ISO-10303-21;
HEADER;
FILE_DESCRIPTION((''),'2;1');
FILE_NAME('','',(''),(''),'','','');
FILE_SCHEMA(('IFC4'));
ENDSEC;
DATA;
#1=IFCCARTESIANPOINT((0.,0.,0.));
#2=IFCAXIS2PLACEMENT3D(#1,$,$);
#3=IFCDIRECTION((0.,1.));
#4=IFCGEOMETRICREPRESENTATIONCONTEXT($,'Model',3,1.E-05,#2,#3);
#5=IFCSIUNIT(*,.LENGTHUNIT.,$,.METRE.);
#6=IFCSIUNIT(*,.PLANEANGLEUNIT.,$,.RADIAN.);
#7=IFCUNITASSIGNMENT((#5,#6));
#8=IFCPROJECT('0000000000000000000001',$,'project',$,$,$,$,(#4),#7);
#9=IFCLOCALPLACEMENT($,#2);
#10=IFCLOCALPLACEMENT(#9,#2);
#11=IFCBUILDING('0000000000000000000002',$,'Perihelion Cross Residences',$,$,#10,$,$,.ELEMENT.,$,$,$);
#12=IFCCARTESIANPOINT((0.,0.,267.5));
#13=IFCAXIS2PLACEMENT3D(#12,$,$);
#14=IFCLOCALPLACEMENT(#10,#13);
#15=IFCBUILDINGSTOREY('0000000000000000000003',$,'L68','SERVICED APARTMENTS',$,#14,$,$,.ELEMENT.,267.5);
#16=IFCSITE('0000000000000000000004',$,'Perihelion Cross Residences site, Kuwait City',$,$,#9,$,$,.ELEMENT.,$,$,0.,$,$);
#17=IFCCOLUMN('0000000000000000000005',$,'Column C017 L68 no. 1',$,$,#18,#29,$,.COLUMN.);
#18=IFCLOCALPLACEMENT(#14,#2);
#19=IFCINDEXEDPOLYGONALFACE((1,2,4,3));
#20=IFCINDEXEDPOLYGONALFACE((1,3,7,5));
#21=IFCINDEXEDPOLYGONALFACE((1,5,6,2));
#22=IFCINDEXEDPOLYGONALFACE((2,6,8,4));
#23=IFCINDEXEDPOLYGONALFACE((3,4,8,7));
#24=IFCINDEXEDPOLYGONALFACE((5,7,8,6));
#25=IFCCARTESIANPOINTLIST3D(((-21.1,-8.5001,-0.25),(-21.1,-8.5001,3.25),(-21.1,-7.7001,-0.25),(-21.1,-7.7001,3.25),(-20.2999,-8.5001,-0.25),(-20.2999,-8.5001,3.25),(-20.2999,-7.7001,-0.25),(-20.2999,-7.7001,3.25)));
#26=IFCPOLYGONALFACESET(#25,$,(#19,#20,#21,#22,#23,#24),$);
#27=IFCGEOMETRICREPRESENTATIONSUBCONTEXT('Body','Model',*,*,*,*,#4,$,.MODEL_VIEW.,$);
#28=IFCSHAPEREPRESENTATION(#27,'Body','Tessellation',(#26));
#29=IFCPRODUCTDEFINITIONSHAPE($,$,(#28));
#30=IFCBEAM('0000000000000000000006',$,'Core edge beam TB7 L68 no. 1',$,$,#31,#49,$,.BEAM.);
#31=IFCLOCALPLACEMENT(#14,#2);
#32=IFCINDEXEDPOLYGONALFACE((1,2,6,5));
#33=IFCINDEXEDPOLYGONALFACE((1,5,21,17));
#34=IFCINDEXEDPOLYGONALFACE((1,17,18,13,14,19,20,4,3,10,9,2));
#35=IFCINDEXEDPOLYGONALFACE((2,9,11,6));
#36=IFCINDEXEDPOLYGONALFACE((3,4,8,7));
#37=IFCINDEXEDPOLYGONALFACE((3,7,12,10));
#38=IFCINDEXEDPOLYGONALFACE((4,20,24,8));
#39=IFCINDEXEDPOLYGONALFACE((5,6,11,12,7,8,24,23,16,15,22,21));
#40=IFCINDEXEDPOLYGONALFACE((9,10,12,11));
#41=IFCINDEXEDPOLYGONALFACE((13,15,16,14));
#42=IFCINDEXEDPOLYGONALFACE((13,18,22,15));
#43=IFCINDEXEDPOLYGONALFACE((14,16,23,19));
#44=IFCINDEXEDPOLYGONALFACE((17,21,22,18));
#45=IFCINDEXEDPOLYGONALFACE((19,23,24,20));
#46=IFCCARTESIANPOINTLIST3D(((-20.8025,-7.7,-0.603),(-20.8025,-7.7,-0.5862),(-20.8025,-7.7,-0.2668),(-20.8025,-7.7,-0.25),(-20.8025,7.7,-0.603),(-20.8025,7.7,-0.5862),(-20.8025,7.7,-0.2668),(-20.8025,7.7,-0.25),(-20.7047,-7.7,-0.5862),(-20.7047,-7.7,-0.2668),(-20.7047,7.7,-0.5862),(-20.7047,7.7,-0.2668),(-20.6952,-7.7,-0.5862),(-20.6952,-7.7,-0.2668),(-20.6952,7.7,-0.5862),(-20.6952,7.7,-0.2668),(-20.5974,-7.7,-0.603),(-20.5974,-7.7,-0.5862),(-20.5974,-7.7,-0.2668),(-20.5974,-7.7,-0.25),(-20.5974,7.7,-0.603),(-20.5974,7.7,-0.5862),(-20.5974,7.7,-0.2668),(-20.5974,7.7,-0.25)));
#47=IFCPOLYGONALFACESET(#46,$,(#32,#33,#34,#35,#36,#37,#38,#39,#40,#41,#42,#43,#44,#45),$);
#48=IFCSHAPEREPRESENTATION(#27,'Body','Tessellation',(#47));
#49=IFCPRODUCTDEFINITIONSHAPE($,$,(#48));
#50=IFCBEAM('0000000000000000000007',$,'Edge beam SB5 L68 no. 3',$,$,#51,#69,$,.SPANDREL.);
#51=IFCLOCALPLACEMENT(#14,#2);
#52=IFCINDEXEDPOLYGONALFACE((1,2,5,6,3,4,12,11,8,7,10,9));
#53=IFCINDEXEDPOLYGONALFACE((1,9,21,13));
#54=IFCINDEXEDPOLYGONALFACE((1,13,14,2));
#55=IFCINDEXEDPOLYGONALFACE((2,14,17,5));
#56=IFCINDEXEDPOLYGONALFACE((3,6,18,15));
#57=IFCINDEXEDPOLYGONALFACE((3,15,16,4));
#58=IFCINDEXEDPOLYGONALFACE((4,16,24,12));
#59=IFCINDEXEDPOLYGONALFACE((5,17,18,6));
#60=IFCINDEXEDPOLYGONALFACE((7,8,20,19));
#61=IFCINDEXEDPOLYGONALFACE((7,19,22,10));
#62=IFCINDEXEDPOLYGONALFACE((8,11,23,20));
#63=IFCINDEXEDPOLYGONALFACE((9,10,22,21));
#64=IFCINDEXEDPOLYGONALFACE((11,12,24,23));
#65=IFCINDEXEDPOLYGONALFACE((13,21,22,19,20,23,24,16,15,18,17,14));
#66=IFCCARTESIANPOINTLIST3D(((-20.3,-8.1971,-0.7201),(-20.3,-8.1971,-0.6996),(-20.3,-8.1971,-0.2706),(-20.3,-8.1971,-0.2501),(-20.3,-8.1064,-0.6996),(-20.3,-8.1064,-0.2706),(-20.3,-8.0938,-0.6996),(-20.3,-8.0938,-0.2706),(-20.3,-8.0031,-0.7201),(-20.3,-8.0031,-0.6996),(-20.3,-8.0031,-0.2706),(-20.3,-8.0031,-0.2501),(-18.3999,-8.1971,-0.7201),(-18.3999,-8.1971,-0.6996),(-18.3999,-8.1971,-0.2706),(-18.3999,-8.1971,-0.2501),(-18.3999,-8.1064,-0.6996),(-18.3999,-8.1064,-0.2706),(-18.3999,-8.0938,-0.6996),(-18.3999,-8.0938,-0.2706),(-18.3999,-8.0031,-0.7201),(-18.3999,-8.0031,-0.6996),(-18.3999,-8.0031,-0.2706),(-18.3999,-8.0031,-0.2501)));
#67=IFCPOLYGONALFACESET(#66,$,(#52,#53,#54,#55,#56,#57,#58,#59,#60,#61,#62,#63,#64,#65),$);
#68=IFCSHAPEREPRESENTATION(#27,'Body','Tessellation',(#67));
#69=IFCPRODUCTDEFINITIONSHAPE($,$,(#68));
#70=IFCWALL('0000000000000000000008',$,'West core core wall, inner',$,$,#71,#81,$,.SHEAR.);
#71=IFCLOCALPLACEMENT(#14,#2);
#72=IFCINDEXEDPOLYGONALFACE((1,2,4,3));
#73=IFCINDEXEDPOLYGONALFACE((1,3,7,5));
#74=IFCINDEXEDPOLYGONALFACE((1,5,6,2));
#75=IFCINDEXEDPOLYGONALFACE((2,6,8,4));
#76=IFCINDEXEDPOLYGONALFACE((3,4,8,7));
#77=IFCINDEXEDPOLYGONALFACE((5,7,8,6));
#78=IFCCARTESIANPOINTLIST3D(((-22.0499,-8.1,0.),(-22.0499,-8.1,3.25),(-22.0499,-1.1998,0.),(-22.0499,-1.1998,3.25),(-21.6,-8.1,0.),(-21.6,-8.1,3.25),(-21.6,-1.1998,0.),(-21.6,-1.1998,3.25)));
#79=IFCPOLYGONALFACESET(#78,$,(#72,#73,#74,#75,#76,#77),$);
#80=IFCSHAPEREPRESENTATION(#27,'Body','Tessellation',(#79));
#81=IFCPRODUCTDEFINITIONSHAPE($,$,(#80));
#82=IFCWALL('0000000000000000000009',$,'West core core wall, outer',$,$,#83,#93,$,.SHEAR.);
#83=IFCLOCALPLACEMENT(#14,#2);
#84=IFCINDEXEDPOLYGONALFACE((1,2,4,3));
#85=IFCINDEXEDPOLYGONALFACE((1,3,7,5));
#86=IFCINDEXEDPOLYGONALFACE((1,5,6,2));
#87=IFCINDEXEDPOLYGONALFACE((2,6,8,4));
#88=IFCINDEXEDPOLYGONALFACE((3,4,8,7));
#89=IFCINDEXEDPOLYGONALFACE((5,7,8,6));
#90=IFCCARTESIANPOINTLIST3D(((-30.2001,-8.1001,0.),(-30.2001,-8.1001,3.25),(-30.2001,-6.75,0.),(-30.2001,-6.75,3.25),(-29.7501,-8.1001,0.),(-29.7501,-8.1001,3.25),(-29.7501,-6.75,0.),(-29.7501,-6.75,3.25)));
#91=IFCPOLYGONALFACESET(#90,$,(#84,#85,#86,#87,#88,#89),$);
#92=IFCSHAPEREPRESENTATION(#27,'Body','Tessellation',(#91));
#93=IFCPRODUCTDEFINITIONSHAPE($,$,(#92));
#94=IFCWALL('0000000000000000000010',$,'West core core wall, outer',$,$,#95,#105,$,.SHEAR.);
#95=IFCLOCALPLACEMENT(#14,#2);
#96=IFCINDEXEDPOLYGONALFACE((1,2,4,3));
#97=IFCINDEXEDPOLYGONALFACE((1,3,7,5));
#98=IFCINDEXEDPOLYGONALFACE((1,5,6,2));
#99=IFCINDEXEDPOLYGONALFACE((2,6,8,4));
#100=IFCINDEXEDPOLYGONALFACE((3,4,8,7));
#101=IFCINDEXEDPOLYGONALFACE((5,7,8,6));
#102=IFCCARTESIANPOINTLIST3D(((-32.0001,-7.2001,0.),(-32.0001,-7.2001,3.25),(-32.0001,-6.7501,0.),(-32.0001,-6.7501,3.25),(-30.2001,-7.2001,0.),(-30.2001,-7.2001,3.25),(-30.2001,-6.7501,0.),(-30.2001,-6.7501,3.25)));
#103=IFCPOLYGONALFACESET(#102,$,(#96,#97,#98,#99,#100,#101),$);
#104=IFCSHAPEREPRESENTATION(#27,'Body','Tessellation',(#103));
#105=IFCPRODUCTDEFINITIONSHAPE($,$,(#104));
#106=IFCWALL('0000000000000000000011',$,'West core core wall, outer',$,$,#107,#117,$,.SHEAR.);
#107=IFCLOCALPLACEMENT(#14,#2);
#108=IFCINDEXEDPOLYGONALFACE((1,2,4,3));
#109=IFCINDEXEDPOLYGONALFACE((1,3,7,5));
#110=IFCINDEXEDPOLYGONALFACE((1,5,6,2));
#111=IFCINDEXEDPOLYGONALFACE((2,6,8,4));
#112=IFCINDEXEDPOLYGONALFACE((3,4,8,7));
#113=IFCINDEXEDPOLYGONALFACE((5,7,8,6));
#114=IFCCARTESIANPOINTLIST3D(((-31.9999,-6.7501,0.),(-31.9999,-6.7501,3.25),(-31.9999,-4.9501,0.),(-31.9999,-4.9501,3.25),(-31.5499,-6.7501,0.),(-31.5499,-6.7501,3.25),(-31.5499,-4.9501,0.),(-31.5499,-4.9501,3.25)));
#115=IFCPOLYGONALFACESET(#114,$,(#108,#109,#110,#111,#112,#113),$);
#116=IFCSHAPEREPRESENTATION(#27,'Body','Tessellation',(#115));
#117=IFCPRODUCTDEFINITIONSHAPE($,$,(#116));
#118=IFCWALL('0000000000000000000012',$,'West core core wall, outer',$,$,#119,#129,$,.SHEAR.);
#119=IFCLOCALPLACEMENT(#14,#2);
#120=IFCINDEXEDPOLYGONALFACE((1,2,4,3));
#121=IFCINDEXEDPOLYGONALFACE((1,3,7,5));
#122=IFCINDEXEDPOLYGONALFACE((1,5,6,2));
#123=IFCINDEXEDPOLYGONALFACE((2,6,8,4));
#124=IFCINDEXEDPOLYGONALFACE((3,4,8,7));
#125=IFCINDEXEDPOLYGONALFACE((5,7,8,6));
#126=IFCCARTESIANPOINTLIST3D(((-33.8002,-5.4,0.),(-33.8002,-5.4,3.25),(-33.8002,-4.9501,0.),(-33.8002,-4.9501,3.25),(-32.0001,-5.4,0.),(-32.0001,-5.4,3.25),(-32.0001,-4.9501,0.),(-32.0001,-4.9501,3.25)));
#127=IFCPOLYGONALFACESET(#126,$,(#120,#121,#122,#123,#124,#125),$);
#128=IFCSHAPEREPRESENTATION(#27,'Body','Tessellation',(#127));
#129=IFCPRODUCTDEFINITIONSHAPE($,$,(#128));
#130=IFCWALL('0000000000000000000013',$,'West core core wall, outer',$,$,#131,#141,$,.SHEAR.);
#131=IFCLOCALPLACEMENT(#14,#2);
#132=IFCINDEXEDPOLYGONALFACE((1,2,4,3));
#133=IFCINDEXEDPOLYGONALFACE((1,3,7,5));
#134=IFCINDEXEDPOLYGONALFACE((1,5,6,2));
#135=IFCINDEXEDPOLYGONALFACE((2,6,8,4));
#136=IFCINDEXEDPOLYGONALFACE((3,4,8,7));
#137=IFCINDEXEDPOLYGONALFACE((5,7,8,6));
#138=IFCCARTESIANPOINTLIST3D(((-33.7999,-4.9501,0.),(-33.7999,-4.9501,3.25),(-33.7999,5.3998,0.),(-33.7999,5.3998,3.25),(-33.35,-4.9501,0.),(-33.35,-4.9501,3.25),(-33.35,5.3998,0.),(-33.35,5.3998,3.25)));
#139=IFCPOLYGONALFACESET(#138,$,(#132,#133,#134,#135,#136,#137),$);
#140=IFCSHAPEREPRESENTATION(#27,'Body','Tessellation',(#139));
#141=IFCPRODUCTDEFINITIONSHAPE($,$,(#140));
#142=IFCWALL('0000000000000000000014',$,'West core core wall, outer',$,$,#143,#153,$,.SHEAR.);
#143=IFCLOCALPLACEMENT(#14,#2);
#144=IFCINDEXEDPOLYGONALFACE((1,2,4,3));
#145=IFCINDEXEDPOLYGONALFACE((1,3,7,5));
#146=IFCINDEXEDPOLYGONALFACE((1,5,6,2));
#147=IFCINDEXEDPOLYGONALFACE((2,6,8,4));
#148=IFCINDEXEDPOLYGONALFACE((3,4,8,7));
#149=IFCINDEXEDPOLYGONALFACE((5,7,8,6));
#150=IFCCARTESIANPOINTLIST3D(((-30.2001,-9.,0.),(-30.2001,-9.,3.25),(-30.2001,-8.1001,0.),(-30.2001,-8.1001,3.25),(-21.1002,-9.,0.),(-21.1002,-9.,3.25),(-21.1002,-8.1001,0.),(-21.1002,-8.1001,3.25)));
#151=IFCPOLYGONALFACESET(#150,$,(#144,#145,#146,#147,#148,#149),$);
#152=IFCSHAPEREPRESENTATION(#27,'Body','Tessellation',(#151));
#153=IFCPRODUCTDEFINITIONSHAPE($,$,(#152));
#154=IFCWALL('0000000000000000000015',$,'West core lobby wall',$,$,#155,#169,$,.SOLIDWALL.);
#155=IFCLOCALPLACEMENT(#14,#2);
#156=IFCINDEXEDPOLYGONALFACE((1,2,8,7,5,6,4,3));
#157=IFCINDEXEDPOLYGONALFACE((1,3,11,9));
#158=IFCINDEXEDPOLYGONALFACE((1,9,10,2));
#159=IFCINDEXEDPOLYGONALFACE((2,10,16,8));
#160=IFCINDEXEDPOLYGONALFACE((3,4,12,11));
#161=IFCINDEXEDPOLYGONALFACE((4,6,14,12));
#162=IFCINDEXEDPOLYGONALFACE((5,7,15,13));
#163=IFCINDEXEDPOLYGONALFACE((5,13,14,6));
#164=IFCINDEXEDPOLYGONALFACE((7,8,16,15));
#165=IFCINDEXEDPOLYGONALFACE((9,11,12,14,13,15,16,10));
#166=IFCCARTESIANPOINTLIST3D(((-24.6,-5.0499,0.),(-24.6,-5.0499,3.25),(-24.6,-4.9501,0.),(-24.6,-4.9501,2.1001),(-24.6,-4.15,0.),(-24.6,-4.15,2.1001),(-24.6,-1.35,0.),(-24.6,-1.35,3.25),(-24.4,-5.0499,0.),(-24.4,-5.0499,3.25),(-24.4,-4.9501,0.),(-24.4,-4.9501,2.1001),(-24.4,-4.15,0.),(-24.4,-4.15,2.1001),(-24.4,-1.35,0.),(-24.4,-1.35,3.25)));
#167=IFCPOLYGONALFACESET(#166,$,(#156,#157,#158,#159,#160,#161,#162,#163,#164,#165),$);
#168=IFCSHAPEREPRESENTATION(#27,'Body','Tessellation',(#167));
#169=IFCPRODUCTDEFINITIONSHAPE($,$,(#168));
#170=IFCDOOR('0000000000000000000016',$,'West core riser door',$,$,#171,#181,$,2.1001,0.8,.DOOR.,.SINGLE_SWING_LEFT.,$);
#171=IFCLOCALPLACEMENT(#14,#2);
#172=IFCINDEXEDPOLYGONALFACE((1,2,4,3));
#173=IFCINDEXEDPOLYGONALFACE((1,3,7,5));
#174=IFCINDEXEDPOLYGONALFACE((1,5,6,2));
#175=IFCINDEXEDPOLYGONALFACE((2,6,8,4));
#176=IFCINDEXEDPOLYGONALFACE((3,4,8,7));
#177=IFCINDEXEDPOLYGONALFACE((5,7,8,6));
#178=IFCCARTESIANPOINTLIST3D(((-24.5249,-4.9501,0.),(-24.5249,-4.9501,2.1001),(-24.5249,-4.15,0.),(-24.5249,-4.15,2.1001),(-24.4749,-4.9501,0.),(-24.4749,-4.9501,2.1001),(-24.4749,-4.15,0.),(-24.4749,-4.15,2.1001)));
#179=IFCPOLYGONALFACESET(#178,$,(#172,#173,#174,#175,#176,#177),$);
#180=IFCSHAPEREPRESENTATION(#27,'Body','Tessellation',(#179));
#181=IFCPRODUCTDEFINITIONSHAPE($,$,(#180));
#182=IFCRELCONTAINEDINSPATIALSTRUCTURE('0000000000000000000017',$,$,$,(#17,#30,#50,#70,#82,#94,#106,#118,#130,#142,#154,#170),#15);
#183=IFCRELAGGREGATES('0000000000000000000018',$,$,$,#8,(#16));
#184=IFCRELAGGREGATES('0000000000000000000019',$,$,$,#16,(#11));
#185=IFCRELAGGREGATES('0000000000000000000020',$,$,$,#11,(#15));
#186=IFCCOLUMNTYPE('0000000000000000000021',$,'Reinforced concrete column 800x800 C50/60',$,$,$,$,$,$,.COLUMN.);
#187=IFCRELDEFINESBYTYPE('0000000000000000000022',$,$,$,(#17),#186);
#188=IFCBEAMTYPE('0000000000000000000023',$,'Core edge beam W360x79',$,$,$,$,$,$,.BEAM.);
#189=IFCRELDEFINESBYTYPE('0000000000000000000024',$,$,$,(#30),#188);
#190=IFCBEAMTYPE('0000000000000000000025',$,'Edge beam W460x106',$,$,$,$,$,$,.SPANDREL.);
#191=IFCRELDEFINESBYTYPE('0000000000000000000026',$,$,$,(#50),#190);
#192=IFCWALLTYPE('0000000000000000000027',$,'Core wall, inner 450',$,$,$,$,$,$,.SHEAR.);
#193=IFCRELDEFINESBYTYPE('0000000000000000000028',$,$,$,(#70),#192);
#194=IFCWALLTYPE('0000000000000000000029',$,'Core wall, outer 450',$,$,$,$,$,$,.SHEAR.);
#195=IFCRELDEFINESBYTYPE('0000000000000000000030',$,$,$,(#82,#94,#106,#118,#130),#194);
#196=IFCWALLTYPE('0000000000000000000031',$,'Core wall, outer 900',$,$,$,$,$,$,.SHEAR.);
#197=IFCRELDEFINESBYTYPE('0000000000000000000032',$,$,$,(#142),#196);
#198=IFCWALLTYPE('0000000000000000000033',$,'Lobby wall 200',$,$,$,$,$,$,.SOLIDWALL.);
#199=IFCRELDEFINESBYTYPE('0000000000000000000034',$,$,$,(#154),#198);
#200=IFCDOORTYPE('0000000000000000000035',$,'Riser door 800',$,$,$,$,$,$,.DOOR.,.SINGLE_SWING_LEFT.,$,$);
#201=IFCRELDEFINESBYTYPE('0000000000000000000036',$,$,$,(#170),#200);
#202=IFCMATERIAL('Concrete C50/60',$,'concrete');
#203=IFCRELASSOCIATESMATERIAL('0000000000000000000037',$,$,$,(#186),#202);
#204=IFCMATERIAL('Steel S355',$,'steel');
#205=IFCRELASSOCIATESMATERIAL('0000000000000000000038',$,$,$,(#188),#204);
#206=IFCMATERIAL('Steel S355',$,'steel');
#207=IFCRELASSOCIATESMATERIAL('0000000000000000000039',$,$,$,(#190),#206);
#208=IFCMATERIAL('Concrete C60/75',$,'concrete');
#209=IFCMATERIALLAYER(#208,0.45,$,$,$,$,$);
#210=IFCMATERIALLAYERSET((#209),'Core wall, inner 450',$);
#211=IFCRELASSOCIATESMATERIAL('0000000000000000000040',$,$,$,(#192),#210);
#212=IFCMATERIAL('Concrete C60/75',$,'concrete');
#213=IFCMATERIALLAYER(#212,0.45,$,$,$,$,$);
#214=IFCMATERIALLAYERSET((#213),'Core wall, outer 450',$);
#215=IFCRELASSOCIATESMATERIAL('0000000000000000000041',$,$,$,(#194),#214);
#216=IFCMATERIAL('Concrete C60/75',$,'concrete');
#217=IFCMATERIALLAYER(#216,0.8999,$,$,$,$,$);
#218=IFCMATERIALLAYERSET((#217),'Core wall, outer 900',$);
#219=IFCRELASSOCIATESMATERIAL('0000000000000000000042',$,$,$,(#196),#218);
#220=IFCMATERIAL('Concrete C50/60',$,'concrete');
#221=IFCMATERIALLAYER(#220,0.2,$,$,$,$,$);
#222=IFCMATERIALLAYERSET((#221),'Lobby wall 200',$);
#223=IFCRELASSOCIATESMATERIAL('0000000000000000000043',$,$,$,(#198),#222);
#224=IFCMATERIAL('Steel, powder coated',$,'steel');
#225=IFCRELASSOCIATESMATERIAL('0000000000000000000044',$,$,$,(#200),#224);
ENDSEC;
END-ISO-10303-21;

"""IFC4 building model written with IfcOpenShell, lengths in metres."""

from ifc_helpers import new_model, si_unit, direction, frame, frame_2d, origin, origin_2d, place, context, subcontext, project, spatial, rectangle, i_section, extrude, material, layer, layer_set, material_profile, profile_set, type_object, element, fill, save


model = new_model("IFC4")

# Units and contexts
model_context = context("Model", 3, precision=1e-05, world=origin(), true_north=direction((0.0, 1.0)))
body_context = subcontext(model_context, "Body", "Model", "MODEL_VIEW")
ifc_project = project(units=[si_unit("LENGTHUNIT", "METRE"), si_unit("PLANEANGLEUNIT", "RADIAN")], contexts=[model_context])

# Site, building, storey
site_placement = place(None, origin())
site = spatial("IfcSite", under=ifc_project, at=site_placement, Name="Perihelion Cross Residences site, Kuwait City", CompositionType="ELEMENT", RefElevation=0.0)
building_placement = place(site_placement, origin())
building = spatial("IfcBuilding", under=site, at=building_placement, Name="Perihelion Cross Residences", CompositionType="ELEMENT")
storey_placement = place(building_placement, frame((0.0, 0.0, 267.5)))
storey = spatial("IfcBuildingStorey", under=building, at=storey_placement, Name="L68", Description="SERVICED APARTMENTS", CompositionType="ELEMENT", Elevation=267.5)

# Column
ifc_material_1 = material(Name="Concrete C50/60", Category="concrete")
ifc_material_profile_1 = material_profile(ifc_material_1, rectangle(XDim=0.8, YDim=0.8, at=origin_2d()), Name="RC 800x800")
ifc_profile_set_1 = profile_set([ifc_material_profile_1], Name="Concrete C50/60")
column_type = type_object("IfcColumnType", Name="Reinforced concrete column 800x800 C50/60", PredefinedType="COLUMN", material=ifc_profile_set_1)
column_placement = place(storey_placement, frame((-20.7, -8.1001, -0.25), z_axis=(0.0, 0.0, 1.0), x_axis=(1.0, 0.0, 0.0)))
element("IfcColumn", 1, at=column_placement, inside=storey, type_object=column_type, Name="Column C017 L68 no. 1", PredefinedType="COLUMN", context=body_context, shape_type="SweptSolid", body=[
    extrude(rectangle(XDim=0.8, YDim=0.8, at=origin_2d()), origin(), (0.0, 0.0, 1.0), 3.5),
])

# Beams
ifc_material_2 = material(Name="Steel S355", Category="steel")
ifc_material_profile_2 = material_profile(ifc_material_2, i_section(OverallWidth=0.2051, OverallDepth=0.353, WebThickness=0.0095, FlangeThickness=0.0168, at=origin_2d()), Name="W360x79")
ifc_profile_set_2 = profile_set([ifc_material_profile_2], Name="Steel S355")
beam_type_1 = type_object("IfcBeamType", Name="Core edge beam W360x79", PredefinedType="BEAM", material=ifc_profile_set_2)
beam_1_placement = place(storey_placement, frame((-20.7, -7.7, -0.4265), z_axis=(0.0, 1.0, 0.0), x_axis=(-1.0, 0.0, 0.0)))
element("IfcBeam", 2, at=beam_1_placement, inside=storey, type_object=beam_type_1, Name="Core edge beam TB7 L68 no. 1", PredefinedType="BEAM", context=body_context, shape_type="SweptSolid", body=[
    extrude(i_section(OverallWidth=0.2051, OverallDepth=0.353, WebThickness=0.0095, FlangeThickness=0.0168, at=origin_2d()), origin(), (0.0, 0.0, 1.0), 15.3999),
])
ifc_material_3 = material(Name="Steel S355", Category="steel")
ifc_material_profile_3 = material_profile(ifc_material_3, i_section(OverallWidth=0.1941, OverallDepth=0.47, WebThickness=0.0127, FlangeThickness=0.0205, at=origin_2d()), Name="W460x106")
ifc_profile_set_3 = profile_set([ifc_material_profile_3], Name="Steel S355")
beam_type_2 = type_object("IfcBeamType", Name="Edge beam W460x106", PredefinedType="SPANDREL", material=ifc_profile_set_3)
beam_2_placement = place(storey_placement, frame((-20.3, -8.1001, -0.4851), z_axis=(1.0, 0.0, 0.0), x_axis=(0.0, 1.0, 0.0)))
element("IfcBeam", 3, at=beam_2_placement, inside=storey, type_object=beam_type_2, Name="Edge beam SB5 L68 no. 3", PredefinedType="SPANDREL", context=body_context, shape_type="SweptSolid", body=[
    extrude(i_section(OverallWidth=0.1941, OverallDepth=0.47, WebThickness=0.0127, FlangeThickness=0.0205, at=origin_2d()), origin(), (0.0, 0.0, 1.0), 1.9001),
])

# Walls
ifc_material_4 = material(Name="Concrete C60/75", Category="concrete")
ifc_layer_1 = layer(ifc_material_4, 0.45)
ifc_layer_set_1 = layer_set([ifc_layer_1], Name="Core wall, inner 450")
wall_type_1 = type_object("IfcWallType", Name="Core wall, inner 450", PredefinedType="SHEAR", material=ifc_layer_set_1)
wall_1_placement = place(storey_placement, frame((-21.825, -8.1001, 0.0), z_axis=(0.0, 0.0, 1.0), x_axis=(0.0, 1.0, 0.0)))
element("IfcWall", 4, at=wall_1_placement, inside=storey, type_object=wall_type_1, Name="West core core wall, inner", PredefinedType="SHEAR", context=body_context, shape_type="SweptSolid", body=[
    extrude(rectangle(XDim=6.9001, YDim=0.45, at=frame_2d((3.4502, 0.0))), origin(), (0.0, 0.0, 1.0), 3.25),
])
ifc_material_5 = material(Name="Concrete C60/75", Category="concrete")
ifc_layer_2 = layer(ifc_material_5, 0.45)
ifc_layer_set_2 = layer_set([ifc_layer_2], Name="Core wall, outer 450")
wall_type_2 = type_object("IfcWallType", Name="Core wall, outer 450", PredefinedType="SHEAR", material=ifc_layer_set_2)
wall_2_placement = place(storey_placement, frame((-29.9751, -8.1001, 0.0), z_axis=(0.0, 0.0, 1.0), x_axis=(0.0, 1.0, 0.0)))
element("IfcWall", 5, at=wall_2_placement, inside=storey, type_object=wall_type_2, Name="West core core wall, outer", PredefinedType="SHEAR", context=body_context, shape_type="SweptSolid", body=[
    extrude(rectangle(XDim=1.3501, YDim=0.45, at=frame_2d((0.675, 0.0))), origin(), (0.0, 0.0, 1.0), 3.25),
])
for number, where, z_axis, x_axis, name in (
    (6, (-32.0, -6.9751, 0.0), (0.0, 0.0, 1.0), (1.0, 0.0, 0.0), "West core core wall, outer"),
    (7, (-31.7749, -6.75, 0.0), (0.0, 0.0, 1.0), (0.0, 1.0, 0.0), "West core core wall, outer"),
    (8, (-33.8, -5.175, 0.0), (0.0, 0.0, 1.0), (1.0, 0.0, 0.0), "West core core wall, outer"),
):
    element("IfcWall", number, at=place(storey_placement, frame(where, z_axis=z_axis, x_axis=x_axis)), inside=storey, type_object=wall_type_2, Name=name, PredefinedType="SHEAR", context=body_context, shape_type="SweptSolid", body=[
        extrude(rectangle(XDim=1.8, YDim=0.45, at=frame_2d((0.8999, 0.0))), origin(), (0.0, 0.0, 1.0), 3.25),
    ])
wall_3_placement = place(storey_placement, frame((-33.575, -4.95, 0.0), z_axis=(0.0, 0.0, 1.0), x_axis=(0.0, 1.0, 0.0)))
element("IfcWall", 9, at=wall_3_placement, inside=storey, type_object=wall_type_2, Name="West core core wall, outer", PredefinedType="SHEAR", context=body_context, shape_type="SweptSolid", body=[
    extrude(rectangle(XDim=10.3499, YDim=0.45, at=frame_2d((5.1748, 0.0))), origin(), (0.0, 0.0, 1.0), 3.25),
])
ifc_material_6 = material(Name="Concrete C60/75", Category="concrete")
ifc_layer_3 = layer(ifc_material_6, 0.8999)
ifc_layer_set_3 = layer_set([ifc_layer_3], Name="Core wall, outer 900")
wall_type_3 = type_object("IfcWallType", Name="Core wall, outer 900", PredefinedType="SHEAR", material=ifc_layer_set_3)
wall_4_placement = place(storey_placement, frame((-30.2, -8.55, 0.0), z_axis=(0.0, 0.0, 1.0), x_axis=(1.0, 0.0, 0.0)))
element("IfcWall", 10, at=wall_4_placement, inside=storey, type_object=wall_type_3, Name="West core core wall, outer", PredefinedType="SHEAR", context=body_context, shape_type="SweptSolid", body=[
    extrude(rectangle(XDim=9.0999, YDim=0.8999, at=frame_2d((4.5498, 0.0))), origin(), (0.0, 0.0, 1.0), 3.25),
])

# Wall, opening, door
ifc_material_7 = material(Name="Concrete C50/60", Category="concrete")
ifc_layer_4 = layer(ifc_material_7, 0.2)
ifc_layer_set_4 = layer_set([ifc_layer_4], Name="Lobby wall 200")
wall_type_4 = type_object("IfcWallType", Name="Lobby wall 200", PredefinedType="SOLIDWALL", material=ifc_layer_set_4)
wall_5_placement = place(storey_placement, frame((-24.5, -5.05, 0.0), z_axis=(0.0, 0.0, 1.0), x_axis=(0.0, 1.0, 0.0)))
wall_5 = element("IfcWall", 11, at=wall_5_placement, inside=storey, type_object=wall_type_4, Name="West core lobby wall", PredefinedType="SOLIDWALL", context=body_context, shape_type="SweptSolid", body=[
    extrude(rectangle(XDim=3.7, YDim=0.2, at=frame_2d((1.8501, 0.0))), origin(), (0.0, 0.0, 1.0), 3.25),
])
opening_1_placement = place(wall_5_placement, frame((0.1001, 0.0, 0.0)))
opening_1 = element("IfcOpeningElement", 12, at=opening_1_placement, cuts=wall_5, PredefinedType="OPENING", context=body_context, shape_type="SweptSolid", body=[
    extrude(rectangle(XDim=0.8, YDim=2.1001, at=frame_2d((0.3999, 1.05))), frame((0.0, 0.1099, 0.0), z_axis=(0.0, -1.0, 0.0), x_axis=(1.0, 0.0, 0.0)), (0.0, 0.0, 1.0), 0.22),
])
ifc_material_8 = material(Name="Steel, powder coated", Category="steel")
door_type_1 = type_object("IfcDoorType", Name="Riser door 800", OperationType="SINGLE_SWING_LEFT", PredefinedType="DOOR", material=ifc_material_8)
door_1_placement = place(opening_1_placement, origin())
door_1 = element("IfcDoor", 13, at=door_1_placement, inside=storey, type_object=door_type_1, Name="West core riser door", OperationType="SINGLE_SWING_LEFT", OverallHeight=2.1001, OverallWidth=0.8, PredefinedType="DOOR", context=body_context, shape_type="SweptSolid", body=[
    extrude(rectangle(XDim=0.8, YDim=2.1001, at=frame_2d((0.3999, 1.05))), frame((0.0, 0.0249, 0.0), z_axis=(0.0, -1.0, 0.0), x_axis=(1.0, 0.0, 0.0)), (0.0, 0.0, 1.0), 0.05),
])
fill(opening_1, door_1)

save(model, "model.ifc")
